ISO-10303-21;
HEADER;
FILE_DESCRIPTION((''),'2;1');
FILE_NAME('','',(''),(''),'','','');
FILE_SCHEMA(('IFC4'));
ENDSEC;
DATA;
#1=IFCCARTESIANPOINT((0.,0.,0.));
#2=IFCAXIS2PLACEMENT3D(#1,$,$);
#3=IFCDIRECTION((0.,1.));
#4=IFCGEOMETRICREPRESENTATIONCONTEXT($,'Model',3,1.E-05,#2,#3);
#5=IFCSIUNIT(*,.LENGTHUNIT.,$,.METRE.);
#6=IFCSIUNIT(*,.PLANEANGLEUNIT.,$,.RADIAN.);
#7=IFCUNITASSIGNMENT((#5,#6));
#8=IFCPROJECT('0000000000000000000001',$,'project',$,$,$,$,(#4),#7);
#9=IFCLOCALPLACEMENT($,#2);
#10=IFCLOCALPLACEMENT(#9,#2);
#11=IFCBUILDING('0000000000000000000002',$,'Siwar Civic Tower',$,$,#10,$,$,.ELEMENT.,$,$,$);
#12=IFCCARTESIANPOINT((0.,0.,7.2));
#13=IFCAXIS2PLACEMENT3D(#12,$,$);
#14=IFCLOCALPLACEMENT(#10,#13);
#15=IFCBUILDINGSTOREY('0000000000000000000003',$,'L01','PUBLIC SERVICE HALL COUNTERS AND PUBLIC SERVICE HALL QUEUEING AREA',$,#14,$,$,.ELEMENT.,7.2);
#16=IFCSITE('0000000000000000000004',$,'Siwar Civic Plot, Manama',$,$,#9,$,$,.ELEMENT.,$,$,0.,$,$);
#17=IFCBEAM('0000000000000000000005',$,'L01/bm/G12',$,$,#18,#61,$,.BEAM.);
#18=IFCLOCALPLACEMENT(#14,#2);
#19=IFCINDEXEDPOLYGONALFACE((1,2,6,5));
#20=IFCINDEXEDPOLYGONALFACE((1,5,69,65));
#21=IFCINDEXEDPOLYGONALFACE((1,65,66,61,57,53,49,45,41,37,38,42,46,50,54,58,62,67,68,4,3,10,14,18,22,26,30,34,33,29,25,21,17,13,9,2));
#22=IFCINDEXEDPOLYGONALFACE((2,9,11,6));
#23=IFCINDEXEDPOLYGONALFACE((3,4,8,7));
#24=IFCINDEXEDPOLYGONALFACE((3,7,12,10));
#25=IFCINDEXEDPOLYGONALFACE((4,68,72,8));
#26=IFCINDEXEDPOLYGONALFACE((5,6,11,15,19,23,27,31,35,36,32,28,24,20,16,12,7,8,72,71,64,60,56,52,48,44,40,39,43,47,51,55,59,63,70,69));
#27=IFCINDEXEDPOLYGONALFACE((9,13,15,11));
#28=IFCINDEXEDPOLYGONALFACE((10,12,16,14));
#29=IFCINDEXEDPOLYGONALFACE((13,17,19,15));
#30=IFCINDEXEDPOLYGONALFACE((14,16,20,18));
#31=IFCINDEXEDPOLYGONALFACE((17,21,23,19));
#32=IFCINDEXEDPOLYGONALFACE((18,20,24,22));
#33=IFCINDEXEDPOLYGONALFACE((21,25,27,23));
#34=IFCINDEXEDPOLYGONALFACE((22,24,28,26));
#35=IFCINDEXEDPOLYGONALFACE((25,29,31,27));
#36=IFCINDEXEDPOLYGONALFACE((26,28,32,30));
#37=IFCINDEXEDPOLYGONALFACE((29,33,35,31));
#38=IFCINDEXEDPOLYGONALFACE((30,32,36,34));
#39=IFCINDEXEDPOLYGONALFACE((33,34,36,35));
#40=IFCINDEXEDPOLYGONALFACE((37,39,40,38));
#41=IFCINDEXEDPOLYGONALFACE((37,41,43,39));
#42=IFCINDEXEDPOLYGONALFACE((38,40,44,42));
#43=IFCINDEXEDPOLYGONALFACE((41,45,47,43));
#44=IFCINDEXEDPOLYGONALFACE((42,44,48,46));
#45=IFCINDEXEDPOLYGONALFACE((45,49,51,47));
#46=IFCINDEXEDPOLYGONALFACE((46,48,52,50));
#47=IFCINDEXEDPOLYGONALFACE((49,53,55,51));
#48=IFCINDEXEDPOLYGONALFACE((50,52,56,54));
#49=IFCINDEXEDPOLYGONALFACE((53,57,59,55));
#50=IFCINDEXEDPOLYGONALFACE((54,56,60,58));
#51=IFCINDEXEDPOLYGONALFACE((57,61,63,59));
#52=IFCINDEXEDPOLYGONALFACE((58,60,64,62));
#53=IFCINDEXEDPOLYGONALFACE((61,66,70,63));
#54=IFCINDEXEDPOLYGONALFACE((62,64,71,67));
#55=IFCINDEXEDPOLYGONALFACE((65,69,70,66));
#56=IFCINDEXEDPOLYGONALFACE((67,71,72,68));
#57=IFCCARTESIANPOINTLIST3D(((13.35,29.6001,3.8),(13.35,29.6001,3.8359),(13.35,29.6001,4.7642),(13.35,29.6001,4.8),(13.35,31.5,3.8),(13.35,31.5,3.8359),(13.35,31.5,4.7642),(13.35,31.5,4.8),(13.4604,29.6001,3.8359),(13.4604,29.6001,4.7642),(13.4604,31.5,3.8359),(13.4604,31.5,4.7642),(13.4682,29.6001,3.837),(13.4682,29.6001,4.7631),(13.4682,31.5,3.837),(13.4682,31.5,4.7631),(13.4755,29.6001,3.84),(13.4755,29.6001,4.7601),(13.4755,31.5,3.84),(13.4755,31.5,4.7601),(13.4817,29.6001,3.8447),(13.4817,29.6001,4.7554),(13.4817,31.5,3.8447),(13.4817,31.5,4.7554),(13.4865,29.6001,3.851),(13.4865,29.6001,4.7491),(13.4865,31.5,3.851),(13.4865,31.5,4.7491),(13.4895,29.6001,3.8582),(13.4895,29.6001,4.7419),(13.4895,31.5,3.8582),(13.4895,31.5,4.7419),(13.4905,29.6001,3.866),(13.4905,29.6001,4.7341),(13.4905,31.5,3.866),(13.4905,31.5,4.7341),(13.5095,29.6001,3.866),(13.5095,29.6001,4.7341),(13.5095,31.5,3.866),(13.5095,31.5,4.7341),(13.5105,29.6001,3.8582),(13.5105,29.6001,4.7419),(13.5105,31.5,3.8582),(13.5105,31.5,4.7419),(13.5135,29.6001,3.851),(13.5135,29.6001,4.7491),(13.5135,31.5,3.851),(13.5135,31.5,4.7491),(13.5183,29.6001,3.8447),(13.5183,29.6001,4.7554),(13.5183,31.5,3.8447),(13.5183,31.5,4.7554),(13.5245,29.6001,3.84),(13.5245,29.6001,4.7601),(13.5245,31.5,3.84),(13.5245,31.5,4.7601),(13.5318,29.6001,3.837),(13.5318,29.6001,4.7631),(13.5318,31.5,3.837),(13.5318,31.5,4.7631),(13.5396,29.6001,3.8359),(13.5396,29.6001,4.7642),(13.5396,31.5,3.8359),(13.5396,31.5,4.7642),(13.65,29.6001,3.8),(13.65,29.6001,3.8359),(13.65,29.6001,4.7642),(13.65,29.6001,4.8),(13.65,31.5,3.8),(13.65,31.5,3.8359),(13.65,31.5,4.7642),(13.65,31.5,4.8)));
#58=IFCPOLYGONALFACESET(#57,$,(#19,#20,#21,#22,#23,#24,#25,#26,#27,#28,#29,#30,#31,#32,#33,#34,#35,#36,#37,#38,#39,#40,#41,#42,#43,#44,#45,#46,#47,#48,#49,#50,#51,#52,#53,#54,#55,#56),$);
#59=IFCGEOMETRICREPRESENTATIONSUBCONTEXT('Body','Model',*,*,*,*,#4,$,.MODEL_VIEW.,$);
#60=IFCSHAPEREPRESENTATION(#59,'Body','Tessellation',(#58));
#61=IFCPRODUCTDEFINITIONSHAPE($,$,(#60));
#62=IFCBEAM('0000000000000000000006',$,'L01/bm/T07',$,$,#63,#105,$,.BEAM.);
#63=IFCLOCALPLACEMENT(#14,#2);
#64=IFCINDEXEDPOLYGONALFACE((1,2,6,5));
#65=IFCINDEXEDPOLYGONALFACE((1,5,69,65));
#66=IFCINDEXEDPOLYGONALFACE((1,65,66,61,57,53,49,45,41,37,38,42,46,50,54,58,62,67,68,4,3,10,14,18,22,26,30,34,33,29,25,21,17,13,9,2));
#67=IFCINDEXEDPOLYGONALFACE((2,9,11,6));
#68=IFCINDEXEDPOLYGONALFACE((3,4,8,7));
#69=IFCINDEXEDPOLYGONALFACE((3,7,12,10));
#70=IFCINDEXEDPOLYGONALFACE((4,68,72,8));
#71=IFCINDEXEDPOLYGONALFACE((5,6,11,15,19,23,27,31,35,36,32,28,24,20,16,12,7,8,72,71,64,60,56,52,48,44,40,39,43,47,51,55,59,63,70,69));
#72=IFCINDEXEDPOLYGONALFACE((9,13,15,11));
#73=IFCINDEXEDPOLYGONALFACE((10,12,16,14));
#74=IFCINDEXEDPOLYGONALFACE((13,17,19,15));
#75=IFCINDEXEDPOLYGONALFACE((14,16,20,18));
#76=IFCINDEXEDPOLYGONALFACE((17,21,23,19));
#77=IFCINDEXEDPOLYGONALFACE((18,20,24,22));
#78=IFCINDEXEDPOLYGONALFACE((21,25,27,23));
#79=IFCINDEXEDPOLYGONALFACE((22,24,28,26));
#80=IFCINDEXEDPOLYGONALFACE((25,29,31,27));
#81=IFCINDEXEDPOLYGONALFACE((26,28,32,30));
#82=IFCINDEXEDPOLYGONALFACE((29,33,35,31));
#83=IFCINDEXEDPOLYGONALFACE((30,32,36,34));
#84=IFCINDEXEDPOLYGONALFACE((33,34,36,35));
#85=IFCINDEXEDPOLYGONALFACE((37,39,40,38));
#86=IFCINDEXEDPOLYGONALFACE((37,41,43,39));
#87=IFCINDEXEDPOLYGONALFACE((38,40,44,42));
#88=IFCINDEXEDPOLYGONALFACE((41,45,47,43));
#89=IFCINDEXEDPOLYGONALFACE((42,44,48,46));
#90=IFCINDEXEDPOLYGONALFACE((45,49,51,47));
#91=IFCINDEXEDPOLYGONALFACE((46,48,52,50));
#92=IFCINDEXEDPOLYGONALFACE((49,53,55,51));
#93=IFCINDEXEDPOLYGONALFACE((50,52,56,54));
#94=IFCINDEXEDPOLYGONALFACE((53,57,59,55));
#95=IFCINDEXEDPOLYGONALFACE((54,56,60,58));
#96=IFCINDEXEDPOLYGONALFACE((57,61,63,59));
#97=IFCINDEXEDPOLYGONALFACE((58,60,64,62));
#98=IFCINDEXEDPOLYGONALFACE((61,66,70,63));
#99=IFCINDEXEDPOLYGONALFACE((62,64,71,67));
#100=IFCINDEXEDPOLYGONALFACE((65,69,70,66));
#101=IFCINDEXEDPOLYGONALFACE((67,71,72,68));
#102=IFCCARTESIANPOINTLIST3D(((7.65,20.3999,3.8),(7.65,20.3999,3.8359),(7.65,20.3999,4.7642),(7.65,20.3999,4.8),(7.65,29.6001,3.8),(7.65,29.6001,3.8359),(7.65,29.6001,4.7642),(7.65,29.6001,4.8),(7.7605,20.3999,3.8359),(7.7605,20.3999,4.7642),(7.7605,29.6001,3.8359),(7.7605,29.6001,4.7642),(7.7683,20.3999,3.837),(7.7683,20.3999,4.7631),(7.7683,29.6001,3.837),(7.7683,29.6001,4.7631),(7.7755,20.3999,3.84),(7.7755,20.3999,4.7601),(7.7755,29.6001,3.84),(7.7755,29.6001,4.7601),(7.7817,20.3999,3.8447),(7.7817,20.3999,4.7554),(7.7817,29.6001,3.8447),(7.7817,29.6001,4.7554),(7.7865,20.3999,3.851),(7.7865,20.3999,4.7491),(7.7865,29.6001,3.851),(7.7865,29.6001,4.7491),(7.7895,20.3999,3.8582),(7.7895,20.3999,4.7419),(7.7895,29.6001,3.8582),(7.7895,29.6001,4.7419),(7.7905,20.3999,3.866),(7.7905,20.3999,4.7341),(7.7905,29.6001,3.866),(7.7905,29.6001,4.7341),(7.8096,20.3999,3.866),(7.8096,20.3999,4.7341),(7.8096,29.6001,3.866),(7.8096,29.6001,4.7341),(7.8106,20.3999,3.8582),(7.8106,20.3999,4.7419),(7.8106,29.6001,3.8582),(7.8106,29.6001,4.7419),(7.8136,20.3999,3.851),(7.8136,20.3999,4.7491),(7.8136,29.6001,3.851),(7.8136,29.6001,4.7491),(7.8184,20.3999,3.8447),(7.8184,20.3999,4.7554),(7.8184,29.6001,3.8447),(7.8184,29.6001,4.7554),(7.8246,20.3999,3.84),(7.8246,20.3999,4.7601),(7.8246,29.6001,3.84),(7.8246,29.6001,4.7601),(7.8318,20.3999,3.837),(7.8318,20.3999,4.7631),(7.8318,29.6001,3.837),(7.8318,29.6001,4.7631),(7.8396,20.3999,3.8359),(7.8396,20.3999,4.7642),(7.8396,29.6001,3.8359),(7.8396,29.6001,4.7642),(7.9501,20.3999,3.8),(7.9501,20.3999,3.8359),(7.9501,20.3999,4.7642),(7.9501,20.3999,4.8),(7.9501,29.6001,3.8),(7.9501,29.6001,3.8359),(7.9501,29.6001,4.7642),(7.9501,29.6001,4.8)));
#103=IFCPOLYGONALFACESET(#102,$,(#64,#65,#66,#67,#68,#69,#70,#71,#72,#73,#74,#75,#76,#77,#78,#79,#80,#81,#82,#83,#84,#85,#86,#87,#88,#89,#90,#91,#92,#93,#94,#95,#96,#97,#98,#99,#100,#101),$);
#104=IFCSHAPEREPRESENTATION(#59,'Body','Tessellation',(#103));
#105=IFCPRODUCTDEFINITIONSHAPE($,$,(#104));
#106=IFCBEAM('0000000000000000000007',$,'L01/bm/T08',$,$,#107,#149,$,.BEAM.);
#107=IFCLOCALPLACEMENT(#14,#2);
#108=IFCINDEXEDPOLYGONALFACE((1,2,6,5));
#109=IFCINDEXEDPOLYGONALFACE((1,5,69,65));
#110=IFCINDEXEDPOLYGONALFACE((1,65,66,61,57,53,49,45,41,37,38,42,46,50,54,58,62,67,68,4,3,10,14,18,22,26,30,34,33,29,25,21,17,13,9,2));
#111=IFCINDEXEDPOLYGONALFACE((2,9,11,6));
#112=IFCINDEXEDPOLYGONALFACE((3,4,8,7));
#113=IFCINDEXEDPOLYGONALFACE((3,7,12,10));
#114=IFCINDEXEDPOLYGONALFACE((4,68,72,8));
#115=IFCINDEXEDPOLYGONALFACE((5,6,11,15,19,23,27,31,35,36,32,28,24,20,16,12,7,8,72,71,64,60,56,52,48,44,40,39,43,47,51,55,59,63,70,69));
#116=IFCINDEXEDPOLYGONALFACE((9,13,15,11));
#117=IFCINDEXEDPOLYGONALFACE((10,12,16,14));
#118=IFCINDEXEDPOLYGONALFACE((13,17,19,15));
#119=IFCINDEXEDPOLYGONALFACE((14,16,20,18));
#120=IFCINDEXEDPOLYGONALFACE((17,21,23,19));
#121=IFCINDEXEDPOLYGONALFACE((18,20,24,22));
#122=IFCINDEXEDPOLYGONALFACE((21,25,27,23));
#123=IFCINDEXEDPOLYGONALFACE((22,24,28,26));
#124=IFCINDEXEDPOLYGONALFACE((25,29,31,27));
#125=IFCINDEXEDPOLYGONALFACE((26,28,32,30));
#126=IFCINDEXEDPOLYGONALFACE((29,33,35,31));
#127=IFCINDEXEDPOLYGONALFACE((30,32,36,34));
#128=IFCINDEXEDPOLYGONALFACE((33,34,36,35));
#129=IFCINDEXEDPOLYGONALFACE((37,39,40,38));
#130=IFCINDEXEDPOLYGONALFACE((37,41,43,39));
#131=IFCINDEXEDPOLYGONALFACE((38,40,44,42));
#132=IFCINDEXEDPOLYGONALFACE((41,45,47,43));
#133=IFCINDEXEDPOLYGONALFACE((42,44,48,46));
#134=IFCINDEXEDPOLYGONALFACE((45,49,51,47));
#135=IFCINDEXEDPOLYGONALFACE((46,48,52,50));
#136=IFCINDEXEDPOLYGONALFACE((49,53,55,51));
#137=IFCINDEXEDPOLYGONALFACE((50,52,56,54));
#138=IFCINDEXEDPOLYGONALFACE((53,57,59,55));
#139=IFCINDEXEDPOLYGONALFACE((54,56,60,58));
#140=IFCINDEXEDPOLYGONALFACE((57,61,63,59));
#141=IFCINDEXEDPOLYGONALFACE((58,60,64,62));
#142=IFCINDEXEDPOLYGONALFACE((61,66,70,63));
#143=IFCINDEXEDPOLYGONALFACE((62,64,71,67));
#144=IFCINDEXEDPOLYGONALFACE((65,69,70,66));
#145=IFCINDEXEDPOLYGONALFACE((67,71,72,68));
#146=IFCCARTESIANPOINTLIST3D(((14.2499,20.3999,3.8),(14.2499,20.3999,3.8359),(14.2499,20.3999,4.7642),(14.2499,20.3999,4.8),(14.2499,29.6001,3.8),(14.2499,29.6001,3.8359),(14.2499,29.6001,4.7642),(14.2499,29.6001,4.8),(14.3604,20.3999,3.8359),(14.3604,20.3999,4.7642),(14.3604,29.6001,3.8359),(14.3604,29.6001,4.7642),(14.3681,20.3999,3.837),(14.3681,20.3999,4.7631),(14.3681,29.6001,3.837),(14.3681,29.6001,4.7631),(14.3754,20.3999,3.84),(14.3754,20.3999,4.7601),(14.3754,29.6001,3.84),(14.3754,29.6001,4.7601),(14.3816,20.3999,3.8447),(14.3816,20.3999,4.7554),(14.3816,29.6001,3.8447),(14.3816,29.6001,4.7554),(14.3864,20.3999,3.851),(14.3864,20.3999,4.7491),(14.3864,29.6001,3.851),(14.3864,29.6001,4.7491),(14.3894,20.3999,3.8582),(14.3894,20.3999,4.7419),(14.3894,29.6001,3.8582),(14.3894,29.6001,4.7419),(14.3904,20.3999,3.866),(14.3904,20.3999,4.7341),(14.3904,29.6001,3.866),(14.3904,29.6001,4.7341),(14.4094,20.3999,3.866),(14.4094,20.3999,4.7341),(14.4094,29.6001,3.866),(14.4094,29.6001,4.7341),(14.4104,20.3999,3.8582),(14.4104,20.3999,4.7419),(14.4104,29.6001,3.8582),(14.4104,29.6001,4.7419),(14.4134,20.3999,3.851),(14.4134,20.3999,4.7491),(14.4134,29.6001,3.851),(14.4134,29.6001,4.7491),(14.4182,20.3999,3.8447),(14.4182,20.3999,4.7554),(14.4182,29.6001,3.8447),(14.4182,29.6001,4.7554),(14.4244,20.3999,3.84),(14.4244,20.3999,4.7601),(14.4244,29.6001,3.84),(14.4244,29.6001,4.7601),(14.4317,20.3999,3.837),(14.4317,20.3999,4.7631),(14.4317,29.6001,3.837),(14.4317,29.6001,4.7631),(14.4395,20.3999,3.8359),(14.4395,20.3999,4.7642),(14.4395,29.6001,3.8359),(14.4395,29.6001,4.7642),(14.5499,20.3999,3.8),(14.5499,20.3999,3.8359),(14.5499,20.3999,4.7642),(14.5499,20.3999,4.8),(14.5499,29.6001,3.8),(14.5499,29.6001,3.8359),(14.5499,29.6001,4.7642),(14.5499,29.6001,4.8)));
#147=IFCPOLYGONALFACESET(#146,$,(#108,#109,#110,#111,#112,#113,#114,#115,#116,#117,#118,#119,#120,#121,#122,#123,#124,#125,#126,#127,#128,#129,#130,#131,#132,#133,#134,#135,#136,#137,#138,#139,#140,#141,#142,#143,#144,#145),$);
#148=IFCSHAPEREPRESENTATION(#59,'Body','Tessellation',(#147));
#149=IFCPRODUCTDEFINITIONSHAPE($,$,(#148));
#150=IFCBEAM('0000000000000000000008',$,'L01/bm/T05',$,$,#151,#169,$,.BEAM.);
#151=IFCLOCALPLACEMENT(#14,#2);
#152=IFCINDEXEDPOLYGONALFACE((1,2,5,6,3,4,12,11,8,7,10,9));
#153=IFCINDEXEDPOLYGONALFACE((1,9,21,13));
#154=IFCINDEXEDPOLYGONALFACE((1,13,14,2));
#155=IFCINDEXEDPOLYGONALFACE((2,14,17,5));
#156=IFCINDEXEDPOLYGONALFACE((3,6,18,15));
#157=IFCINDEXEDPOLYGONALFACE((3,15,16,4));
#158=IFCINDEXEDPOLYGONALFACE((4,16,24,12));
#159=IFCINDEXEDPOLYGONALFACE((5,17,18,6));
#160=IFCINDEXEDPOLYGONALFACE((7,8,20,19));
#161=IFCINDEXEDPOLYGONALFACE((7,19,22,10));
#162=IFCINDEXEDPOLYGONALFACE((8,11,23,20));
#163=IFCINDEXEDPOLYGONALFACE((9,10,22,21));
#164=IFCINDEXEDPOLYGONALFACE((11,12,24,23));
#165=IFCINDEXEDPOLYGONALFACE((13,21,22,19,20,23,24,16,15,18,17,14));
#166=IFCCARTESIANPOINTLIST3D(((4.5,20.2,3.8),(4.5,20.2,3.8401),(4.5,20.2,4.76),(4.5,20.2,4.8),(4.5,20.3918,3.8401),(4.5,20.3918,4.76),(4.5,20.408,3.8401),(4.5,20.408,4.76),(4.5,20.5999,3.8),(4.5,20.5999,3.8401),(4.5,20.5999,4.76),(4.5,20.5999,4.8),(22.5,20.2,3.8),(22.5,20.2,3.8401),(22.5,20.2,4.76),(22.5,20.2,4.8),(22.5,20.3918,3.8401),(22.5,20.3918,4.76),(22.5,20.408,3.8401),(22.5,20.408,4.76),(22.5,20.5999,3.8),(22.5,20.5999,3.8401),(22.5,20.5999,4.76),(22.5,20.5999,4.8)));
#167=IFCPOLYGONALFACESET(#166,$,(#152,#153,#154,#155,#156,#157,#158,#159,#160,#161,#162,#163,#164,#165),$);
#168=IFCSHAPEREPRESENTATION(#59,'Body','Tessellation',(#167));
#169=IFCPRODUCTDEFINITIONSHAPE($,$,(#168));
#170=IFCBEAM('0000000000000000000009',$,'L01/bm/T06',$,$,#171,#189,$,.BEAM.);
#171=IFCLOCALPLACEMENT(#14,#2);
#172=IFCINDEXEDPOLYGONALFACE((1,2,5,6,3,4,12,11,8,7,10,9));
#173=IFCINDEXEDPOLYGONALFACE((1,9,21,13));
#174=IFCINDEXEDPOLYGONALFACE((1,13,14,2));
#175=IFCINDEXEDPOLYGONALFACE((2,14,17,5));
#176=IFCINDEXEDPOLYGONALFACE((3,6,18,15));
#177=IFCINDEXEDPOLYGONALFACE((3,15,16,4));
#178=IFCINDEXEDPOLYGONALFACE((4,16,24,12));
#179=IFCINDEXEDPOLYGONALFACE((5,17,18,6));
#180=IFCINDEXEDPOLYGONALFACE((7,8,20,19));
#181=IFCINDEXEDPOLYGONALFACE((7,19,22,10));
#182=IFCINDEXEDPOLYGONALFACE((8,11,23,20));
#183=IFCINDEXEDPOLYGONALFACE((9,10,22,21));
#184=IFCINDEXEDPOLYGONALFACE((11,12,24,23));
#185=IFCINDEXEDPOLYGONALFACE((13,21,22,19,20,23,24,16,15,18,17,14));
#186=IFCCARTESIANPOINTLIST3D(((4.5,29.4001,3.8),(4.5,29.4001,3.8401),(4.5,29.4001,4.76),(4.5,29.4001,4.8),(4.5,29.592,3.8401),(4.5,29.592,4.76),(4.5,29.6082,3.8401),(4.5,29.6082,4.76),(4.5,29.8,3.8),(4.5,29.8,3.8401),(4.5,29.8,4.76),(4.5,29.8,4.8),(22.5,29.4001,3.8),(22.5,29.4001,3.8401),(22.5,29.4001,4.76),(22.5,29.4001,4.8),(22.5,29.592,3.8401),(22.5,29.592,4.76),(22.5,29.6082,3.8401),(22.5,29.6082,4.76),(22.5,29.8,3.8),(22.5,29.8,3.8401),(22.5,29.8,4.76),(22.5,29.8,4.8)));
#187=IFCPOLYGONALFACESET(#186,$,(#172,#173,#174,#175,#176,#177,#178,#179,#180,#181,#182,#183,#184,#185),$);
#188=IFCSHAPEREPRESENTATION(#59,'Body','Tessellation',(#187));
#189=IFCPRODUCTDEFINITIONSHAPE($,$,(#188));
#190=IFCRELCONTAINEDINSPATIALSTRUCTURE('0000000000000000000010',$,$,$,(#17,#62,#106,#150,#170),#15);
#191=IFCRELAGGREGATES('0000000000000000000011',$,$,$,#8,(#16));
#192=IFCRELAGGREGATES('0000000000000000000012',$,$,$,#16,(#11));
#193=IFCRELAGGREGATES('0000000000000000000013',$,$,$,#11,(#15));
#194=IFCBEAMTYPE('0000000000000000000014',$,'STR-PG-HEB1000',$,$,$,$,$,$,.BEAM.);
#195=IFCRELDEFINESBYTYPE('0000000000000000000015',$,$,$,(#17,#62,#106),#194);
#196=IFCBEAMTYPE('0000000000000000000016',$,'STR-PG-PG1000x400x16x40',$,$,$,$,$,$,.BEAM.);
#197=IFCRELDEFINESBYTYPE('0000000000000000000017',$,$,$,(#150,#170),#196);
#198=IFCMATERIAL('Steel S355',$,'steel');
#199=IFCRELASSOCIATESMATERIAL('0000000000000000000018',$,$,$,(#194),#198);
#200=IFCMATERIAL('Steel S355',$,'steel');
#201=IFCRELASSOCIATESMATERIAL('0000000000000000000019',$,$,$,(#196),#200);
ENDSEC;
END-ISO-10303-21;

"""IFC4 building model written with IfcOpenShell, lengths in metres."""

from ifc_helpers import new_model, si_unit, direction, frame, origin, origin_2d, place, context, subcontext, project, spatial, i_section, extrude, material, material_profile, profile_set, type_object, element, save


model = new_model("IFC4")

# Units and contexts
model_context = context("Model", 3, precision=1e-05, world=origin(), true_north=direction((0.0, 1.0)))
body_context = subcontext(model_context, "Body", "Model", "MODEL_VIEW")
ifc_project = project(units=[si_unit("LENGTHUNIT", "METRE"), si_unit("PLANEANGLEUNIT", "RADIAN")], contexts=[model_context])

# Site, building, storey
site_placement = place(None, origin())
site = spatial("IfcSite", under=ifc_project, at=site_placement, Name="Siwar Civic Plot, Manama", CompositionType="ELEMENT", RefElevation=0.0)
building_placement = place(site_placement, origin())
building = spatial("IfcBuilding", under=site, at=building_placement, Name="Siwar Civic Tower", CompositionType="ELEMENT")
storey_placement = place(building_placement, frame((0.0, 0.0, 7.2)))
storey = spatial("IfcBuildingStorey", under=building, at=storey_placement, Name="L01", Description="PUBLIC SERVICE HALL COUNTERS AND PUBLIC SERVICE HALL QUEUEING AREA", CompositionType="ELEMENT", Elevation=7.2)

# Beams
ifc_material_1 = material(Name="Steel S355", Category="steel")
ifc_material_profile_1 = material_profile(ifc_material_1, i_section(OverallWidth=0.3, OverallDepth=1.0, WebThickness=0.019, FlangeThickness=0.0359, FilletRadius=0.03, at=origin_2d()), Name="HEB1000")
ifc_profile_set_1 = profile_set([ifc_material_profile_1], Name="Steel S355")
beam_type_1 = type_object("IfcBeamType", Name="STR-PG-HEB1000", PredefinedType="BEAM", material=ifc_profile_set_1)
beam_1_placement = place(storey_placement, frame((13.5, 29.6001, 4.3), z_axis=(0.0, 1.0, 0.0), x_axis=(-1.0, 0.0, 0.0)))
element("IfcBeam", 1, at=beam_1_placement, inside=storey, type_object=beam_type_1, Name="L01/bm/G12", PredefinedType="BEAM", context=body_context, shape_type="SweptSolid", body=[
    extrude(i_section(OverallWidth=0.3, OverallDepth=1.0, WebThickness=0.019, FlangeThickness=0.0359, FilletRadius=0.03, at=origin_2d()), origin(), (0.0, 0.0, 1.0), 1.8999),
])
for number, where, z_axis, x_axis, name in (
    (2, (7.8, 20.3999, 4.3), (0.0, 1.0, 0.0), (-1.0, 0.0, 0.0), "L01/bm/T07"),
    (3, (14.3999, 20.3999, 4.3), (0.0, 1.0, 0.0), (-1.0, 0.0, 0.0), "L01/bm/T08"),
):
    element("IfcBeam", number, at=place(storey_placement, frame(where, z_axis=z_axis, x_axis=x_axis)), inside=storey, type_object=beam_type_1, Name=name, PredefinedType="BEAM", context=body_context, shape_type="SweptSolid", body=[
        extrude(i_section(OverallWidth=0.3, OverallDepth=1.0, WebThickness=0.019, FlangeThickness=0.0359, FilletRadius=0.03, at=origin_2d()), origin(), (0.0, 0.0, 1.0), 9.2002),
    ])
ifc_material_2 = material(Name="Steel S355", Category="steel")
ifc_material_profile_2 = material_profile(ifc_material_2, i_section(OverallWidth=0.3999, OverallDepth=1.0, WebThickness=0.0161, FlangeThickness=0.04, at=origin_2d()), Name="PG1000x400x16x40")
ifc_profile_set_2 = profile_set([ifc_material_profile_2], Name="Steel S355")
beam_type_2 = type_object("IfcBeamType", Name="STR-PG-PG1000x400x16x40", PredefinedType="BEAM", material=ifc_profile_set_2)
for number, where, z_axis, x_axis, name in (
    (4, (4.5, 20.3999, 4.3), (1.0, 0.0, 0.0), (0.0, 1.0, 0.0), "L01/bm/T05"),
    (5, (4.5, 29.6001, 4.3), (1.0, 0.0, 0.0), (0.0, 1.0, 0.0), "L01/bm/T06"),
):
    element("IfcBeam", number, at=place(storey_placement, frame(where, z_axis=z_axis, x_axis=x_axis)), inside=storey, type_object=beam_type_2, Name=name, PredefinedType="BEAM", context=body_context, shape_type="SweptSolid", body=[
        extrude(i_section(OverallWidth=0.3999, OverallDepth=1.0, WebThickness=0.0161, FlangeThickness=0.04, at=origin_2d()), origin(), (0.0, 0.0, 1.0), 18.0),
    ])

save(model, "model.ifc")
